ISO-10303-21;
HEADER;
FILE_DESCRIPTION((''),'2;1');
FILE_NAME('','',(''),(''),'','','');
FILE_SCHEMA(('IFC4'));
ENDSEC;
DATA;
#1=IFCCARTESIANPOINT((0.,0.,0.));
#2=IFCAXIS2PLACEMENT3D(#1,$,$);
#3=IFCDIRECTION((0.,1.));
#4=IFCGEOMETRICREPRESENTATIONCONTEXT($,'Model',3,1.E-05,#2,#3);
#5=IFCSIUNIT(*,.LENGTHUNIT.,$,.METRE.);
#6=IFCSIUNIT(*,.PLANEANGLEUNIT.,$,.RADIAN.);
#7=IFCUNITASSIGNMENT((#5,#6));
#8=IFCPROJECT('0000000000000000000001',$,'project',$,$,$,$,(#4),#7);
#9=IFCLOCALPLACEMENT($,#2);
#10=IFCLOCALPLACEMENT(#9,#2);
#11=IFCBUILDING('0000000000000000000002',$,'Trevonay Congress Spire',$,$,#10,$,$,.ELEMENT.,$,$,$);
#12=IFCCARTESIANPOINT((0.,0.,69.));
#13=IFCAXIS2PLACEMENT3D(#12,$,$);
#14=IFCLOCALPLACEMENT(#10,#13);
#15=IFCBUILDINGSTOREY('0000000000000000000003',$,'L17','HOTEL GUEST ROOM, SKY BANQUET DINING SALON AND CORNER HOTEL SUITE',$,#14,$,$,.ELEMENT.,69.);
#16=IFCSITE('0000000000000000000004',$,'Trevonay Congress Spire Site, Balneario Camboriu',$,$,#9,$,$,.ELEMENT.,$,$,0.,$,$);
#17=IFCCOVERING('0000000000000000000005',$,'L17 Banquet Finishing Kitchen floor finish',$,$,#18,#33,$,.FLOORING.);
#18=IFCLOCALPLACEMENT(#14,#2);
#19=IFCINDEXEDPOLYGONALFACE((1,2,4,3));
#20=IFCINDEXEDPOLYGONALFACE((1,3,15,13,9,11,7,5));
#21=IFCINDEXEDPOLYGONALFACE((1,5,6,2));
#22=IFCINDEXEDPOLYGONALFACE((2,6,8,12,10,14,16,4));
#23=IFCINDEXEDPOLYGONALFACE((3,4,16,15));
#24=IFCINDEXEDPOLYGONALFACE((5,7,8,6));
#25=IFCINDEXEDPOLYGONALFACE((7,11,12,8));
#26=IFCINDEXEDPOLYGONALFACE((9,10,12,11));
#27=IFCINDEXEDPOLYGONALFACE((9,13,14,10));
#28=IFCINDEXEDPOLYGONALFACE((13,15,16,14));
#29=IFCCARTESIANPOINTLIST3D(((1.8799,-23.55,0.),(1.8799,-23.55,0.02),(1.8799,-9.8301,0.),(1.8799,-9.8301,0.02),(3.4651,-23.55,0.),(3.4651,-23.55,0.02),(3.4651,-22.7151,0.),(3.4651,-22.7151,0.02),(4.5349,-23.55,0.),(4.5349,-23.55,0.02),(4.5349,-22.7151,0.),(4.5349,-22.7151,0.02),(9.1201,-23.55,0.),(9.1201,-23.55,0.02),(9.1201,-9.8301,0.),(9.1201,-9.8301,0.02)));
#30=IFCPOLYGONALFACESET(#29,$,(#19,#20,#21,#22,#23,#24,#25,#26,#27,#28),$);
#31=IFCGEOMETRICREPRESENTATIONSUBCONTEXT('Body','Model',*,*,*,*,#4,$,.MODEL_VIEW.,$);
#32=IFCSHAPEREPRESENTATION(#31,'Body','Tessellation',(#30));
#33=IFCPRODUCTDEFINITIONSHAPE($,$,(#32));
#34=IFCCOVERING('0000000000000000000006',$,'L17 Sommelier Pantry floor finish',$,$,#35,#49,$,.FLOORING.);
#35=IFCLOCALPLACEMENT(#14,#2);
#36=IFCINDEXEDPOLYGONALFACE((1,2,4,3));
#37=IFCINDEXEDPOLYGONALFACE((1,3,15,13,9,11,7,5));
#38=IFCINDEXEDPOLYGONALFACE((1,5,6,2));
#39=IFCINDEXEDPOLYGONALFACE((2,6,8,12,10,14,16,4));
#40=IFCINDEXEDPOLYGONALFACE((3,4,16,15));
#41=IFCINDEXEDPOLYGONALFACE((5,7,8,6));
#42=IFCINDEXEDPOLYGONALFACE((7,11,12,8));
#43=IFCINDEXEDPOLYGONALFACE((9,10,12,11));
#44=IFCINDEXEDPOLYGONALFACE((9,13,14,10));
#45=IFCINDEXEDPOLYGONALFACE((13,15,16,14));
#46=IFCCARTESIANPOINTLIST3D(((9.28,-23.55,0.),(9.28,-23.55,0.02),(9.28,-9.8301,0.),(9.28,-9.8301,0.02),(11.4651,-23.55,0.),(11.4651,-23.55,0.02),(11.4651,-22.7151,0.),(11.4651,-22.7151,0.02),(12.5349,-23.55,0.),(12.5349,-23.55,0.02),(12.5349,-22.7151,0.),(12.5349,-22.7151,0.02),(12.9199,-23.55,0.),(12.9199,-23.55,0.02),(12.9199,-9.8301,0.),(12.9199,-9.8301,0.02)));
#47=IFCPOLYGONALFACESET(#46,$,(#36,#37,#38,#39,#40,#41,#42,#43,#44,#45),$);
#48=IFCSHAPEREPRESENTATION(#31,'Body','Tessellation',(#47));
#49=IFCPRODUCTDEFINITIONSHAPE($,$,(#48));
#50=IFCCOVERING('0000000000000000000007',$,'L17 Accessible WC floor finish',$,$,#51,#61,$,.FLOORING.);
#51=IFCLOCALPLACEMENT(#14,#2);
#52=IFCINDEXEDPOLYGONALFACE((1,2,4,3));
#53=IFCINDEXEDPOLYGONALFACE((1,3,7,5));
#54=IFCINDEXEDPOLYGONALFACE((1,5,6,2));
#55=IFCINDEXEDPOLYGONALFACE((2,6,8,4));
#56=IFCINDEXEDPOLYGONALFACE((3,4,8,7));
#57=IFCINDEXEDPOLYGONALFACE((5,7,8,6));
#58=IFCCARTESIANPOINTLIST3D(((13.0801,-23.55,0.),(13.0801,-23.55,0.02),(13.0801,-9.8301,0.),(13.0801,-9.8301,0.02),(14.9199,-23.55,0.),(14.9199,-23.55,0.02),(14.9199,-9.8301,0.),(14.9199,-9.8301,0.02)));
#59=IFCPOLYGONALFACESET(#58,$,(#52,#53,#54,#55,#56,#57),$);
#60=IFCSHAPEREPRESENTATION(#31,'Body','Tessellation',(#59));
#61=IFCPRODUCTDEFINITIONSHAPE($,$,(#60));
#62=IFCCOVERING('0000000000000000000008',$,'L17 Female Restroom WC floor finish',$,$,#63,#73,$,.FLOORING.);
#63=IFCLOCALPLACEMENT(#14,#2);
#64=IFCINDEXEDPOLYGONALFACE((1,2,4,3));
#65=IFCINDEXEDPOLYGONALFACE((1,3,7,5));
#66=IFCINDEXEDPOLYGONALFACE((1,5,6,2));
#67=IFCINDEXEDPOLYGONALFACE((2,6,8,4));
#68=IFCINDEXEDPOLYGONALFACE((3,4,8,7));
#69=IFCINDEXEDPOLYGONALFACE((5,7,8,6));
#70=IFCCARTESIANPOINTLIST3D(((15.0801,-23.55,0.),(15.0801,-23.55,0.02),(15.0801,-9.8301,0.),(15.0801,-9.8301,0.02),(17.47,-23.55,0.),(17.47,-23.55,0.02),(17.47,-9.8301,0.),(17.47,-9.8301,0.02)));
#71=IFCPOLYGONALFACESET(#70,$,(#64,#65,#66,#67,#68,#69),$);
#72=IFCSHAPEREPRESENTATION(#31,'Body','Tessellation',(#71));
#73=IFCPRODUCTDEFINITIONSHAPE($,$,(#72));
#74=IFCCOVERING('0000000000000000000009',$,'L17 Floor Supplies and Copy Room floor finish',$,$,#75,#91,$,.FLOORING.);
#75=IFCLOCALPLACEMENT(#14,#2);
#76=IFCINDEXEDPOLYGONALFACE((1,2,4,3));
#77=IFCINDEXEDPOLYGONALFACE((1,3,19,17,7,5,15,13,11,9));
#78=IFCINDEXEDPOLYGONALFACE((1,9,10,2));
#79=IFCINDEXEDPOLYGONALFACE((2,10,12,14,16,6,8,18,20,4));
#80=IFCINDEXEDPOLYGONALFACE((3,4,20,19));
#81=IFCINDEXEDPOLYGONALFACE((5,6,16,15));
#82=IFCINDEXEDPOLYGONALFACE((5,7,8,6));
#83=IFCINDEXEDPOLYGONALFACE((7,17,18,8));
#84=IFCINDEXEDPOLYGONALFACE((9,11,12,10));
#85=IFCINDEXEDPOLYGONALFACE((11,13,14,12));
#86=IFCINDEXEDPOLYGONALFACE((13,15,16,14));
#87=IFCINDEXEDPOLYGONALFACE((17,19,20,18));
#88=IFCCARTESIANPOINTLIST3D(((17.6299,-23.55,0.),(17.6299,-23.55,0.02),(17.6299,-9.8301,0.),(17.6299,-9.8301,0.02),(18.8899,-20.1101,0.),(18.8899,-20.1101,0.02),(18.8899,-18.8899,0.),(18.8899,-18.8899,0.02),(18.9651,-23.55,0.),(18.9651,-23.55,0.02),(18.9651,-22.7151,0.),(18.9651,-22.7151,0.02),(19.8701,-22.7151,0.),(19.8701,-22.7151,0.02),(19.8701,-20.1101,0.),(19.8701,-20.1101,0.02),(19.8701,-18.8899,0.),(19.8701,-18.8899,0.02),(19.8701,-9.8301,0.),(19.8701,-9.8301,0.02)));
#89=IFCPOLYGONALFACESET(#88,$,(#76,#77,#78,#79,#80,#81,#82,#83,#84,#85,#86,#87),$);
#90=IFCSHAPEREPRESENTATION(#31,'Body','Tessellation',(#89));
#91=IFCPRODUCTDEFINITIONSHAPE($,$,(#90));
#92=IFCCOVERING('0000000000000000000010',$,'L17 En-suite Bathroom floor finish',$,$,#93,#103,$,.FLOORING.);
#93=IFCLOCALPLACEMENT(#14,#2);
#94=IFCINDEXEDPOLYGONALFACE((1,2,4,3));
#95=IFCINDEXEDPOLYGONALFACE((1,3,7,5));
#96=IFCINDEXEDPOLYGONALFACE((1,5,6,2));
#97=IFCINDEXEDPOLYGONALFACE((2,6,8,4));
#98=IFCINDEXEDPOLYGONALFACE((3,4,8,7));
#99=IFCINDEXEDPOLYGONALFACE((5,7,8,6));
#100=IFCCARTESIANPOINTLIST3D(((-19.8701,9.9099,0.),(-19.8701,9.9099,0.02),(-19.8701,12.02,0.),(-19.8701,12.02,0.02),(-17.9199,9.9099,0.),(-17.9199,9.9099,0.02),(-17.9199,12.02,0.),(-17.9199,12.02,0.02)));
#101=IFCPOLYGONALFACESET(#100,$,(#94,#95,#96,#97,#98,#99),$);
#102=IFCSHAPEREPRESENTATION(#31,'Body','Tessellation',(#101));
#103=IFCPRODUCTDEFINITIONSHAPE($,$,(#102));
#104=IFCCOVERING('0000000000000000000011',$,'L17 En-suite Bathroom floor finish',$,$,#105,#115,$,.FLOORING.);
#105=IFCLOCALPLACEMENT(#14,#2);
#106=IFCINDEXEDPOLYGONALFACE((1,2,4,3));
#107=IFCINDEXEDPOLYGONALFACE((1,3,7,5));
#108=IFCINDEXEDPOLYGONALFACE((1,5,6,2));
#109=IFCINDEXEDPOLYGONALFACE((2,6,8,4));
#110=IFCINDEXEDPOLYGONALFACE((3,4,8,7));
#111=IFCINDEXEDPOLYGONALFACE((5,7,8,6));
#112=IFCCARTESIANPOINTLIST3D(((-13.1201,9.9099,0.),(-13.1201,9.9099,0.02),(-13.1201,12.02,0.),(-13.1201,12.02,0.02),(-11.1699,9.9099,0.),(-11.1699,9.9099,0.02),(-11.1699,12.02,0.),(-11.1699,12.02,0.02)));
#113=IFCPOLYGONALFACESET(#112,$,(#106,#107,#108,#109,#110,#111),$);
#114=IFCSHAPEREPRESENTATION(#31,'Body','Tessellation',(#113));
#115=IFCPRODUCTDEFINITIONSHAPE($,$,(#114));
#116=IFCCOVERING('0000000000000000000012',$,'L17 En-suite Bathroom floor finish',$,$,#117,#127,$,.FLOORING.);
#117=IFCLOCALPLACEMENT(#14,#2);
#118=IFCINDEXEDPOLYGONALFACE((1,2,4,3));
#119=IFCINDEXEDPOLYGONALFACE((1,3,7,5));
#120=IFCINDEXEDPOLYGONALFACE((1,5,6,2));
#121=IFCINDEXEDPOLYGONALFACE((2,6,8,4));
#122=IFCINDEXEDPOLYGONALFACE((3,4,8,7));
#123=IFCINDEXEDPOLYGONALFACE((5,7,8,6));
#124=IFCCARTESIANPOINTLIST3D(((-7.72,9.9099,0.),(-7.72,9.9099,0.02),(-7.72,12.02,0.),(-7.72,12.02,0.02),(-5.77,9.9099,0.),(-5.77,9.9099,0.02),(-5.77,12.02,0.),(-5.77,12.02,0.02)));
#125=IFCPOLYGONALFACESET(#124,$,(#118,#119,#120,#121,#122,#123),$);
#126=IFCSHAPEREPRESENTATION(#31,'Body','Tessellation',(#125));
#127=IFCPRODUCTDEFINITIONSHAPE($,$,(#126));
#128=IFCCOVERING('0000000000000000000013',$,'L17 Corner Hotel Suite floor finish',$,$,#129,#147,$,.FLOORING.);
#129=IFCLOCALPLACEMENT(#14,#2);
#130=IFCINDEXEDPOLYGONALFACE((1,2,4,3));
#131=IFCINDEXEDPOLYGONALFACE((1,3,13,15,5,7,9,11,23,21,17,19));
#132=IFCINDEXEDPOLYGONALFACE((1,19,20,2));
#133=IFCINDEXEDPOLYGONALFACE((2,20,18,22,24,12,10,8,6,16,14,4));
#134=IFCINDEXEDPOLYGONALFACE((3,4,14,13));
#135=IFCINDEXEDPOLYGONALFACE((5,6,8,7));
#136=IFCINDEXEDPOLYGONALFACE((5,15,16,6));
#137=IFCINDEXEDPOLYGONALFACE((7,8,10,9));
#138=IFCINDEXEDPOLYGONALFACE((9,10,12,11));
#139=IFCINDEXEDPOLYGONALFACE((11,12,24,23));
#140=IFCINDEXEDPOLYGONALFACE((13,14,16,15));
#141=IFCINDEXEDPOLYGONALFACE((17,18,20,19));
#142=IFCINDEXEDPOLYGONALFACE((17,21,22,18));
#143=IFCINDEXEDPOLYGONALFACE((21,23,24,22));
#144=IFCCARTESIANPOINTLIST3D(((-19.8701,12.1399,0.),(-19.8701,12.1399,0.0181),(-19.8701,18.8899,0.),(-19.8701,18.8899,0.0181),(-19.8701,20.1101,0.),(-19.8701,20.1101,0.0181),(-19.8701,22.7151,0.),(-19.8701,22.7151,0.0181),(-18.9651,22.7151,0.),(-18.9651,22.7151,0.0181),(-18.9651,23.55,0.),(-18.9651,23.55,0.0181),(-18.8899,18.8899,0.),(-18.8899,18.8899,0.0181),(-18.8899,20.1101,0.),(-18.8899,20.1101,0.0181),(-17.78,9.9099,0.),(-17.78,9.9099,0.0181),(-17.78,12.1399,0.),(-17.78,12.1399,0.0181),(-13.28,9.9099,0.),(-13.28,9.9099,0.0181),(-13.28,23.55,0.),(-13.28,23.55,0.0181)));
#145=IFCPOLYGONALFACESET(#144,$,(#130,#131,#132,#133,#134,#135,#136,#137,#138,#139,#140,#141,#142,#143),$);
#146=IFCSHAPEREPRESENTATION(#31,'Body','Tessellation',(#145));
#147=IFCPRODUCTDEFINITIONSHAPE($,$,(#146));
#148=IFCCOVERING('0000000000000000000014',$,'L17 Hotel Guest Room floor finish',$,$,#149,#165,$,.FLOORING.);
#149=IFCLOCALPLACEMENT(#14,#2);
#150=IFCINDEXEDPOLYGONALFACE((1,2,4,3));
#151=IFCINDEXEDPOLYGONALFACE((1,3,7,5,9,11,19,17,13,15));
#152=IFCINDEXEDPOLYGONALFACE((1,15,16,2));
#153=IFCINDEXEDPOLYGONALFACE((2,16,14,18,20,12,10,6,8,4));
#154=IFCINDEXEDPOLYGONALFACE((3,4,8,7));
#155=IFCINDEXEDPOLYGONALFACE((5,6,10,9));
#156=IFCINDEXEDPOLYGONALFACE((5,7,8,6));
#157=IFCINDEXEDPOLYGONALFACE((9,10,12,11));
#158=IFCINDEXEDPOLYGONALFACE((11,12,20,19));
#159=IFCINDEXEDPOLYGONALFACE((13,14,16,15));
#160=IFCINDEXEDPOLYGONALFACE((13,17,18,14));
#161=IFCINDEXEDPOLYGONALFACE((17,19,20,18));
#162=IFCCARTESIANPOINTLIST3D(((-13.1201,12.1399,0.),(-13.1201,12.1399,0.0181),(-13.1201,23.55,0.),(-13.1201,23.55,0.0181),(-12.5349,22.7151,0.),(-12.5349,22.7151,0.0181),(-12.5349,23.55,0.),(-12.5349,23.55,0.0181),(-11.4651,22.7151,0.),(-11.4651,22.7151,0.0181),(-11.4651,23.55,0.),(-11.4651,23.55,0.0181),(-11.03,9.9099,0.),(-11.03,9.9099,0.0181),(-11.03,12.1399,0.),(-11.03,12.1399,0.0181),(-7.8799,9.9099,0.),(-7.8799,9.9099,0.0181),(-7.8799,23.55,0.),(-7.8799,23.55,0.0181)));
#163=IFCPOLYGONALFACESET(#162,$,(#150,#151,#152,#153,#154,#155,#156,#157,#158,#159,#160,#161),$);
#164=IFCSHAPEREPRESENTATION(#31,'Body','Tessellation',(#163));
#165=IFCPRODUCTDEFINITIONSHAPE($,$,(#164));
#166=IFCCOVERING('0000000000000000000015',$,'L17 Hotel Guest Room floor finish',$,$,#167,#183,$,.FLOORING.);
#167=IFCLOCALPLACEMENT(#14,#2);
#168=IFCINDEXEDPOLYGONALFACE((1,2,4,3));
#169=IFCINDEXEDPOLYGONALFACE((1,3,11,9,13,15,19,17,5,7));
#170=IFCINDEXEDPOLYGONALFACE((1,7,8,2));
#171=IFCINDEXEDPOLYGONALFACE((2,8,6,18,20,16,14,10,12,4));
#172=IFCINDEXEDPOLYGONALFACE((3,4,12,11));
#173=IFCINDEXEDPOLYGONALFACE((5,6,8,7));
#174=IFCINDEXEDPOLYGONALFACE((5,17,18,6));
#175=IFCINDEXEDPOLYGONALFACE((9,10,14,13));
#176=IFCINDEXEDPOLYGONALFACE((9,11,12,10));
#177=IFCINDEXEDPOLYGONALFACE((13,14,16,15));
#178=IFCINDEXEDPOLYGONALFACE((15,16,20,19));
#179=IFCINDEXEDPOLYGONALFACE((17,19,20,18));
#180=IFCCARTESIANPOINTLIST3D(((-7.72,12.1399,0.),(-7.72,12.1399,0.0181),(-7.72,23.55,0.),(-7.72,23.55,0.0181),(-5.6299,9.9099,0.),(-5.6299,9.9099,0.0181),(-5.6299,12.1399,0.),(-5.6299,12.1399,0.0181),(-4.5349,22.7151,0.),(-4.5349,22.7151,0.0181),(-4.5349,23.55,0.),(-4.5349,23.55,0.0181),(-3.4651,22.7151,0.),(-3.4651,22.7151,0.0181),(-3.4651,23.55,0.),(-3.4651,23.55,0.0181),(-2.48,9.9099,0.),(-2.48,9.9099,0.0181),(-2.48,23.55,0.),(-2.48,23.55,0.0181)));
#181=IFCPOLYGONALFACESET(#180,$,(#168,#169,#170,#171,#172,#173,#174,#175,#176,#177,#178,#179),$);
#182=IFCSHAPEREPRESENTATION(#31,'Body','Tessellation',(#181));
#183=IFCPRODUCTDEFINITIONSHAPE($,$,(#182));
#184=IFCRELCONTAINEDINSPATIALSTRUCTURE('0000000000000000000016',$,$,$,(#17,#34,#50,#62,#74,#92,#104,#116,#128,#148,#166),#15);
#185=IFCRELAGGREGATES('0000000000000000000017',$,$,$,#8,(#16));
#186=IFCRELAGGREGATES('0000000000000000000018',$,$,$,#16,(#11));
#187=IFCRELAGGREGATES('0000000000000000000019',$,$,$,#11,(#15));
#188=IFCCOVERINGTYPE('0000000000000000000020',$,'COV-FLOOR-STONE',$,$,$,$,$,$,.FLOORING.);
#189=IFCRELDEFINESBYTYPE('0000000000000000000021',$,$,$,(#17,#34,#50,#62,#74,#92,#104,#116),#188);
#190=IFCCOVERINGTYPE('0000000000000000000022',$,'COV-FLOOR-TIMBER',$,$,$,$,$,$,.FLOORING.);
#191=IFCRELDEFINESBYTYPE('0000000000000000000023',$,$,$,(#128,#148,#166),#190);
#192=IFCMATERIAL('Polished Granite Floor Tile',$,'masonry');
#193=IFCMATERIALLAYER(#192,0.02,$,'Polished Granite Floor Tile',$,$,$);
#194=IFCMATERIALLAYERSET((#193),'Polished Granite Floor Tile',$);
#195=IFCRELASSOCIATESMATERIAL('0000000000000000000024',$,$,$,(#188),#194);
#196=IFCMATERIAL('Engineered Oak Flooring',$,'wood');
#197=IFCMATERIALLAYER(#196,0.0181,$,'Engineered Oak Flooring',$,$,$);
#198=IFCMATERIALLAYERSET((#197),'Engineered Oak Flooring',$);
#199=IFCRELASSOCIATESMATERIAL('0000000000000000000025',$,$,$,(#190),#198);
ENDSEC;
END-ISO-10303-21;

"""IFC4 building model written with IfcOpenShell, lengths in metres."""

from ifc_helpers import new_model, si_unit, direction, frame, origin, place, context, subcontext, project, spatial, polyline, outline, extrude, material, layer, layer_set, type_object, element, save


model = new_model("IFC4")

# Units and contexts
model_context = context("Model", 3, precision=1e-05, world=origin(), true_north=direction((0.0, 1.0)))
body_context = subcontext(model_context, "Body", "Model", "MODEL_VIEW")
ifc_project = project(units=[si_unit("LENGTHUNIT", "METRE"), si_unit("PLANEANGLEUNIT", "RADIAN")], contexts=[model_context])

# Site, building, storey
site_placement = place(None, origin())
site = spatial("IfcSite", under=ifc_project, at=site_placement, Name="Trevonay Congress Spire Site, Balneario Camboriu", CompositionType="ELEMENT", RefElevation=0.0)
building_placement = place(site_placement, origin())
building = spatial("IfcBuilding", under=site, at=building_placement, Name="Trevonay Congress Spire", CompositionType="ELEMENT")
storey_placement = place(building_placement, frame((0.0, 0.0, 69.0)))
storey = spatial("IfcBuildingStorey", under=building, at=storey_placement, Name="L17", Description="HOTEL GUEST ROOM, SKY BANQUET DINING SALON AND CORNER HOTEL SUITE", CompositionType="ELEMENT", Elevation=69.0)

# Coverings
ifc_material_1 = material(Name="Polished Granite Floor Tile", Category="masonry")
ifc_layer_1 = layer(ifc_material_1, 0.02, Name="Polished Granite Floor Tile")
ifc_layer_set_1 = layer_set([ifc_layer_1], Name="Polished Granite Floor Tile")
covering_type_1 = type_object("IfcCoveringType", Name="COV-FLOOR-STONE", PredefinedType="FLOORING", material=ifc_layer_set_1)
covering_1_placement = place(storey_placement, origin())
element("IfcCovering", 1, at=covering_1_placement, inside=storey, type_object=covering_type_1, Name="L17 Banquet Finishing Kitchen floor finish", PredefinedType="FLOORING", context=body_context, shape_type="SweptSolid", body=[
    extrude(outline(polyline([(1.8799, -23.55), (1.8799, -9.8301), (9.1201, -9.8301), (9.1201, -23.55), (4.5349, -23.55), (4.5349, -22.7151), (3.4651, -22.7151), (3.4651, -23.55), (1.8799, -23.55)])), origin(), (0.0, 0.0, 1.0), 0.02),
])
covering_2_placement = place(storey_placement, origin())
element("IfcCovering", 2, at=covering_2_placement, inside=storey, type_object=covering_type_1, Name="L17 Sommelier Pantry floor finish", PredefinedType="FLOORING", context=body_context, shape_type="SweptSolid", body=[
    extrude(outline(polyline([(9.28, -23.55), (9.28, -9.8301), (12.9199, -9.8301), (12.9199, -23.55), (12.5349, -23.55), (12.5349, -22.7151), (11.4651, -22.7151), (11.4651, -23.55), (9.28, -23.55)])), origin(), (0.0, 0.0, 1.0), 0.02),
])
covering_3_placement = place(storey_placement, origin())
element("IfcCovering", 3, at=covering_3_placement, inside=storey, type_object=covering_type_1, Name="L17 Accessible WC floor finish", PredefinedType="FLOORING", context=body_context, shape_type="SweptSolid", body=[
    extrude(outline(polyline([(13.0801, -23.55), (14.9199, -23.55), (14.9199, -9.8301), (13.0801, -9.8301), (13.0801, -23.55)])), origin(), (0.0, 0.0, 1.0), 0.02),
])
covering_4_placement = place(storey_placement, origin())
element("IfcCovering", 4, at=covering_4_placement, inside=storey, type_object=covering_type_1, Name="L17 Female Restroom WC floor finish", PredefinedType="FLOORING", context=body_context, shape_type="SweptSolid", body=[
    extrude(outline(polyline([(15.0801, -23.55), (17.47, -23.55), (17.47, -9.8301), (15.0801, -9.8301), (15.0801, -23.55)])), origin(), (0.0, 0.0, 1.0), 0.02),
])
covering_5_placement = place(storey_placement, origin())
element("IfcCovering", 5, at=covering_5_placement, inside=storey, type_object=covering_type_1, Name="L17 Floor Supplies and Copy Room floor finish", PredefinedType="FLOORING", context=body_context, shape_type="SweptSolid", body=[
    extrude(outline(polyline([(17.6299, -23.55), (17.6299, -9.8301), (19.8701, -9.8301), (19.8701, -18.8899), (18.8899, -18.8899), (18.8899, -20.1101), (19.8701, -20.1101), (19.8701, -22.7151), (18.9651, -22.7151), (18.9651, -23.55), (17.6299, -23.55)])), origin(), (0.0, 0.0, 1.0), 0.02),
])
covering_6_placement = place(storey_placement, origin())
element("IfcCovering", 6, at=covering_6_placement, inside=storey, type_object=covering_type_1, Name="L17 En-suite Bathroom floor finish", PredefinedType="FLOORING", context=body_context, shape_type="SweptSolid", body=[
    extrude(outline(polyline([(-19.8701, 9.9099), (-17.9199, 9.9099), (-17.9199, 12.02), (-19.8701, 12.02), (-19.8701, 9.9099)])), origin(), (0.0, 0.0, 1.0), 0.02),
])
covering_7_placement = place(storey_placement, origin())
element("IfcCovering", 7, at=covering_7_placement, inside=storey, type_object=covering_type_1, Name="L17 En-suite Bathroom floor finish", PredefinedType="FLOORING", context=body_context, shape_type="SweptSolid", body=[
    extrude(outline(polyline([(-13.1201, 9.9099), (-11.1699, 9.9099), (-11.1699, 12.02), (-13.1201, 12.02), (-13.1201, 9.9099)])), origin(), (0.0, 0.0, 1.0), 0.02),
])
covering_8_placement = place(storey_placement, origin())
element("IfcCovering", 8, at=covering_8_placement, inside=storey, type_object=covering_type_1, Name="L17 En-suite Bathroom floor finish", PredefinedType="FLOORING", context=body_context, shape_type="SweptSolid", body=[
    extrude(outline(polyline([(-7.72, 9.9099), (-5.77, 9.9099), (-5.77, 12.02), (-7.72, 12.02), (-7.72, 9.9099)])), origin(), (0.0, 0.0, 1.0), 0.02),
])
ifc_material_2 = material(Name="Engineered Oak Flooring", Category="wood")
ifc_layer_2 = layer(ifc_material_2, 0.0181, Name="Engineered Oak Flooring")
ifc_layer_set_2 = layer_set([ifc_layer_2], Name="Engineered Oak Flooring")
covering_type_2 = type_object("IfcCoveringType", Name="COV-FLOOR-TIMBER", PredefinedType="FLOORING", material=ifc_layer_set_2)
covering_9_placement = place(storey_placement, origin())
element("IfcCovering", 9, at=covering_9_placement, inside=storey, type_object=covering_type_2, Name="L17 Corner Hotel Suite floor finish", PredefinedType="FLOORING", context=body_context, shape_type="SweptSolid", body=[
    extrude(outline(polyline([(-13.28, 23.55), (-13.28, 9.9099), (-17.78, 9.9099), (-17.78, 12.1399), (-19.8701, 12.1399), (-19.8701, 18.8899), (-18.8899, 18.8899), (-18.8899, 20.1101), (-19.8701, 20.1101), (-19.8701, 22.7151), (-18.9651, 22.7151), (-18.9651, 23.55), (-13.28, 23.55)])), origin(), (0.0, 0.0, 1.0), 0.0181),
])
covering_10_placement = place(storey_placement, origin())
element("IfcCovering", 10, at=covering_10_placement, inside=storey, type_object=covering_type_2, Name="L17 Hotel Guest Room floor finish", PredefinedType="FLOORING", context=body_context, shape_type="SweptSolid", body=[
    extrude(outline(polyline([(-7.8799, 23.55), (-7.8799, 9.9099), (-11.03, 9.9099), (-11.03, 12.1399), (-13.1201, 12.1399), (-13.1201, 23.55), (-12.5349, 23.55), (-12.5349, 22.7151), (-11.4651, 22.7151), (-11.4651, 23.55), (-7.8799, 23.55)])), origin(), (0.0, 0.0, 1.0), 0.0181),
])
covering_11_placement = place(storey_placement, origin())
element("IfcCovering", 11, at=covering_11_placement, inside=storey, type_object=covering_type_2, Name="L17 Hotel Guest Room floor finish", PredefinedType="FLOORING", context=body_context, shape_type="SweptSolid", body=[
    extrude(outline(polyline([(-2.48, 23.55), (-2.48, 9.9099), (-5.6299, 9.9099), (-5.6299, 12.1399), (-7.72, 12.1399), (-7.72, 23.55), (-4.5349, 23.55), (-4.5349, 22.7151), (-3.4651, 22.7151), (-3.4651, 23.55), (-2.48, 23.55)])), origin(), (0.0, 0.0, 1.0), 0.0181),
])

save(model, "model.ifc")
